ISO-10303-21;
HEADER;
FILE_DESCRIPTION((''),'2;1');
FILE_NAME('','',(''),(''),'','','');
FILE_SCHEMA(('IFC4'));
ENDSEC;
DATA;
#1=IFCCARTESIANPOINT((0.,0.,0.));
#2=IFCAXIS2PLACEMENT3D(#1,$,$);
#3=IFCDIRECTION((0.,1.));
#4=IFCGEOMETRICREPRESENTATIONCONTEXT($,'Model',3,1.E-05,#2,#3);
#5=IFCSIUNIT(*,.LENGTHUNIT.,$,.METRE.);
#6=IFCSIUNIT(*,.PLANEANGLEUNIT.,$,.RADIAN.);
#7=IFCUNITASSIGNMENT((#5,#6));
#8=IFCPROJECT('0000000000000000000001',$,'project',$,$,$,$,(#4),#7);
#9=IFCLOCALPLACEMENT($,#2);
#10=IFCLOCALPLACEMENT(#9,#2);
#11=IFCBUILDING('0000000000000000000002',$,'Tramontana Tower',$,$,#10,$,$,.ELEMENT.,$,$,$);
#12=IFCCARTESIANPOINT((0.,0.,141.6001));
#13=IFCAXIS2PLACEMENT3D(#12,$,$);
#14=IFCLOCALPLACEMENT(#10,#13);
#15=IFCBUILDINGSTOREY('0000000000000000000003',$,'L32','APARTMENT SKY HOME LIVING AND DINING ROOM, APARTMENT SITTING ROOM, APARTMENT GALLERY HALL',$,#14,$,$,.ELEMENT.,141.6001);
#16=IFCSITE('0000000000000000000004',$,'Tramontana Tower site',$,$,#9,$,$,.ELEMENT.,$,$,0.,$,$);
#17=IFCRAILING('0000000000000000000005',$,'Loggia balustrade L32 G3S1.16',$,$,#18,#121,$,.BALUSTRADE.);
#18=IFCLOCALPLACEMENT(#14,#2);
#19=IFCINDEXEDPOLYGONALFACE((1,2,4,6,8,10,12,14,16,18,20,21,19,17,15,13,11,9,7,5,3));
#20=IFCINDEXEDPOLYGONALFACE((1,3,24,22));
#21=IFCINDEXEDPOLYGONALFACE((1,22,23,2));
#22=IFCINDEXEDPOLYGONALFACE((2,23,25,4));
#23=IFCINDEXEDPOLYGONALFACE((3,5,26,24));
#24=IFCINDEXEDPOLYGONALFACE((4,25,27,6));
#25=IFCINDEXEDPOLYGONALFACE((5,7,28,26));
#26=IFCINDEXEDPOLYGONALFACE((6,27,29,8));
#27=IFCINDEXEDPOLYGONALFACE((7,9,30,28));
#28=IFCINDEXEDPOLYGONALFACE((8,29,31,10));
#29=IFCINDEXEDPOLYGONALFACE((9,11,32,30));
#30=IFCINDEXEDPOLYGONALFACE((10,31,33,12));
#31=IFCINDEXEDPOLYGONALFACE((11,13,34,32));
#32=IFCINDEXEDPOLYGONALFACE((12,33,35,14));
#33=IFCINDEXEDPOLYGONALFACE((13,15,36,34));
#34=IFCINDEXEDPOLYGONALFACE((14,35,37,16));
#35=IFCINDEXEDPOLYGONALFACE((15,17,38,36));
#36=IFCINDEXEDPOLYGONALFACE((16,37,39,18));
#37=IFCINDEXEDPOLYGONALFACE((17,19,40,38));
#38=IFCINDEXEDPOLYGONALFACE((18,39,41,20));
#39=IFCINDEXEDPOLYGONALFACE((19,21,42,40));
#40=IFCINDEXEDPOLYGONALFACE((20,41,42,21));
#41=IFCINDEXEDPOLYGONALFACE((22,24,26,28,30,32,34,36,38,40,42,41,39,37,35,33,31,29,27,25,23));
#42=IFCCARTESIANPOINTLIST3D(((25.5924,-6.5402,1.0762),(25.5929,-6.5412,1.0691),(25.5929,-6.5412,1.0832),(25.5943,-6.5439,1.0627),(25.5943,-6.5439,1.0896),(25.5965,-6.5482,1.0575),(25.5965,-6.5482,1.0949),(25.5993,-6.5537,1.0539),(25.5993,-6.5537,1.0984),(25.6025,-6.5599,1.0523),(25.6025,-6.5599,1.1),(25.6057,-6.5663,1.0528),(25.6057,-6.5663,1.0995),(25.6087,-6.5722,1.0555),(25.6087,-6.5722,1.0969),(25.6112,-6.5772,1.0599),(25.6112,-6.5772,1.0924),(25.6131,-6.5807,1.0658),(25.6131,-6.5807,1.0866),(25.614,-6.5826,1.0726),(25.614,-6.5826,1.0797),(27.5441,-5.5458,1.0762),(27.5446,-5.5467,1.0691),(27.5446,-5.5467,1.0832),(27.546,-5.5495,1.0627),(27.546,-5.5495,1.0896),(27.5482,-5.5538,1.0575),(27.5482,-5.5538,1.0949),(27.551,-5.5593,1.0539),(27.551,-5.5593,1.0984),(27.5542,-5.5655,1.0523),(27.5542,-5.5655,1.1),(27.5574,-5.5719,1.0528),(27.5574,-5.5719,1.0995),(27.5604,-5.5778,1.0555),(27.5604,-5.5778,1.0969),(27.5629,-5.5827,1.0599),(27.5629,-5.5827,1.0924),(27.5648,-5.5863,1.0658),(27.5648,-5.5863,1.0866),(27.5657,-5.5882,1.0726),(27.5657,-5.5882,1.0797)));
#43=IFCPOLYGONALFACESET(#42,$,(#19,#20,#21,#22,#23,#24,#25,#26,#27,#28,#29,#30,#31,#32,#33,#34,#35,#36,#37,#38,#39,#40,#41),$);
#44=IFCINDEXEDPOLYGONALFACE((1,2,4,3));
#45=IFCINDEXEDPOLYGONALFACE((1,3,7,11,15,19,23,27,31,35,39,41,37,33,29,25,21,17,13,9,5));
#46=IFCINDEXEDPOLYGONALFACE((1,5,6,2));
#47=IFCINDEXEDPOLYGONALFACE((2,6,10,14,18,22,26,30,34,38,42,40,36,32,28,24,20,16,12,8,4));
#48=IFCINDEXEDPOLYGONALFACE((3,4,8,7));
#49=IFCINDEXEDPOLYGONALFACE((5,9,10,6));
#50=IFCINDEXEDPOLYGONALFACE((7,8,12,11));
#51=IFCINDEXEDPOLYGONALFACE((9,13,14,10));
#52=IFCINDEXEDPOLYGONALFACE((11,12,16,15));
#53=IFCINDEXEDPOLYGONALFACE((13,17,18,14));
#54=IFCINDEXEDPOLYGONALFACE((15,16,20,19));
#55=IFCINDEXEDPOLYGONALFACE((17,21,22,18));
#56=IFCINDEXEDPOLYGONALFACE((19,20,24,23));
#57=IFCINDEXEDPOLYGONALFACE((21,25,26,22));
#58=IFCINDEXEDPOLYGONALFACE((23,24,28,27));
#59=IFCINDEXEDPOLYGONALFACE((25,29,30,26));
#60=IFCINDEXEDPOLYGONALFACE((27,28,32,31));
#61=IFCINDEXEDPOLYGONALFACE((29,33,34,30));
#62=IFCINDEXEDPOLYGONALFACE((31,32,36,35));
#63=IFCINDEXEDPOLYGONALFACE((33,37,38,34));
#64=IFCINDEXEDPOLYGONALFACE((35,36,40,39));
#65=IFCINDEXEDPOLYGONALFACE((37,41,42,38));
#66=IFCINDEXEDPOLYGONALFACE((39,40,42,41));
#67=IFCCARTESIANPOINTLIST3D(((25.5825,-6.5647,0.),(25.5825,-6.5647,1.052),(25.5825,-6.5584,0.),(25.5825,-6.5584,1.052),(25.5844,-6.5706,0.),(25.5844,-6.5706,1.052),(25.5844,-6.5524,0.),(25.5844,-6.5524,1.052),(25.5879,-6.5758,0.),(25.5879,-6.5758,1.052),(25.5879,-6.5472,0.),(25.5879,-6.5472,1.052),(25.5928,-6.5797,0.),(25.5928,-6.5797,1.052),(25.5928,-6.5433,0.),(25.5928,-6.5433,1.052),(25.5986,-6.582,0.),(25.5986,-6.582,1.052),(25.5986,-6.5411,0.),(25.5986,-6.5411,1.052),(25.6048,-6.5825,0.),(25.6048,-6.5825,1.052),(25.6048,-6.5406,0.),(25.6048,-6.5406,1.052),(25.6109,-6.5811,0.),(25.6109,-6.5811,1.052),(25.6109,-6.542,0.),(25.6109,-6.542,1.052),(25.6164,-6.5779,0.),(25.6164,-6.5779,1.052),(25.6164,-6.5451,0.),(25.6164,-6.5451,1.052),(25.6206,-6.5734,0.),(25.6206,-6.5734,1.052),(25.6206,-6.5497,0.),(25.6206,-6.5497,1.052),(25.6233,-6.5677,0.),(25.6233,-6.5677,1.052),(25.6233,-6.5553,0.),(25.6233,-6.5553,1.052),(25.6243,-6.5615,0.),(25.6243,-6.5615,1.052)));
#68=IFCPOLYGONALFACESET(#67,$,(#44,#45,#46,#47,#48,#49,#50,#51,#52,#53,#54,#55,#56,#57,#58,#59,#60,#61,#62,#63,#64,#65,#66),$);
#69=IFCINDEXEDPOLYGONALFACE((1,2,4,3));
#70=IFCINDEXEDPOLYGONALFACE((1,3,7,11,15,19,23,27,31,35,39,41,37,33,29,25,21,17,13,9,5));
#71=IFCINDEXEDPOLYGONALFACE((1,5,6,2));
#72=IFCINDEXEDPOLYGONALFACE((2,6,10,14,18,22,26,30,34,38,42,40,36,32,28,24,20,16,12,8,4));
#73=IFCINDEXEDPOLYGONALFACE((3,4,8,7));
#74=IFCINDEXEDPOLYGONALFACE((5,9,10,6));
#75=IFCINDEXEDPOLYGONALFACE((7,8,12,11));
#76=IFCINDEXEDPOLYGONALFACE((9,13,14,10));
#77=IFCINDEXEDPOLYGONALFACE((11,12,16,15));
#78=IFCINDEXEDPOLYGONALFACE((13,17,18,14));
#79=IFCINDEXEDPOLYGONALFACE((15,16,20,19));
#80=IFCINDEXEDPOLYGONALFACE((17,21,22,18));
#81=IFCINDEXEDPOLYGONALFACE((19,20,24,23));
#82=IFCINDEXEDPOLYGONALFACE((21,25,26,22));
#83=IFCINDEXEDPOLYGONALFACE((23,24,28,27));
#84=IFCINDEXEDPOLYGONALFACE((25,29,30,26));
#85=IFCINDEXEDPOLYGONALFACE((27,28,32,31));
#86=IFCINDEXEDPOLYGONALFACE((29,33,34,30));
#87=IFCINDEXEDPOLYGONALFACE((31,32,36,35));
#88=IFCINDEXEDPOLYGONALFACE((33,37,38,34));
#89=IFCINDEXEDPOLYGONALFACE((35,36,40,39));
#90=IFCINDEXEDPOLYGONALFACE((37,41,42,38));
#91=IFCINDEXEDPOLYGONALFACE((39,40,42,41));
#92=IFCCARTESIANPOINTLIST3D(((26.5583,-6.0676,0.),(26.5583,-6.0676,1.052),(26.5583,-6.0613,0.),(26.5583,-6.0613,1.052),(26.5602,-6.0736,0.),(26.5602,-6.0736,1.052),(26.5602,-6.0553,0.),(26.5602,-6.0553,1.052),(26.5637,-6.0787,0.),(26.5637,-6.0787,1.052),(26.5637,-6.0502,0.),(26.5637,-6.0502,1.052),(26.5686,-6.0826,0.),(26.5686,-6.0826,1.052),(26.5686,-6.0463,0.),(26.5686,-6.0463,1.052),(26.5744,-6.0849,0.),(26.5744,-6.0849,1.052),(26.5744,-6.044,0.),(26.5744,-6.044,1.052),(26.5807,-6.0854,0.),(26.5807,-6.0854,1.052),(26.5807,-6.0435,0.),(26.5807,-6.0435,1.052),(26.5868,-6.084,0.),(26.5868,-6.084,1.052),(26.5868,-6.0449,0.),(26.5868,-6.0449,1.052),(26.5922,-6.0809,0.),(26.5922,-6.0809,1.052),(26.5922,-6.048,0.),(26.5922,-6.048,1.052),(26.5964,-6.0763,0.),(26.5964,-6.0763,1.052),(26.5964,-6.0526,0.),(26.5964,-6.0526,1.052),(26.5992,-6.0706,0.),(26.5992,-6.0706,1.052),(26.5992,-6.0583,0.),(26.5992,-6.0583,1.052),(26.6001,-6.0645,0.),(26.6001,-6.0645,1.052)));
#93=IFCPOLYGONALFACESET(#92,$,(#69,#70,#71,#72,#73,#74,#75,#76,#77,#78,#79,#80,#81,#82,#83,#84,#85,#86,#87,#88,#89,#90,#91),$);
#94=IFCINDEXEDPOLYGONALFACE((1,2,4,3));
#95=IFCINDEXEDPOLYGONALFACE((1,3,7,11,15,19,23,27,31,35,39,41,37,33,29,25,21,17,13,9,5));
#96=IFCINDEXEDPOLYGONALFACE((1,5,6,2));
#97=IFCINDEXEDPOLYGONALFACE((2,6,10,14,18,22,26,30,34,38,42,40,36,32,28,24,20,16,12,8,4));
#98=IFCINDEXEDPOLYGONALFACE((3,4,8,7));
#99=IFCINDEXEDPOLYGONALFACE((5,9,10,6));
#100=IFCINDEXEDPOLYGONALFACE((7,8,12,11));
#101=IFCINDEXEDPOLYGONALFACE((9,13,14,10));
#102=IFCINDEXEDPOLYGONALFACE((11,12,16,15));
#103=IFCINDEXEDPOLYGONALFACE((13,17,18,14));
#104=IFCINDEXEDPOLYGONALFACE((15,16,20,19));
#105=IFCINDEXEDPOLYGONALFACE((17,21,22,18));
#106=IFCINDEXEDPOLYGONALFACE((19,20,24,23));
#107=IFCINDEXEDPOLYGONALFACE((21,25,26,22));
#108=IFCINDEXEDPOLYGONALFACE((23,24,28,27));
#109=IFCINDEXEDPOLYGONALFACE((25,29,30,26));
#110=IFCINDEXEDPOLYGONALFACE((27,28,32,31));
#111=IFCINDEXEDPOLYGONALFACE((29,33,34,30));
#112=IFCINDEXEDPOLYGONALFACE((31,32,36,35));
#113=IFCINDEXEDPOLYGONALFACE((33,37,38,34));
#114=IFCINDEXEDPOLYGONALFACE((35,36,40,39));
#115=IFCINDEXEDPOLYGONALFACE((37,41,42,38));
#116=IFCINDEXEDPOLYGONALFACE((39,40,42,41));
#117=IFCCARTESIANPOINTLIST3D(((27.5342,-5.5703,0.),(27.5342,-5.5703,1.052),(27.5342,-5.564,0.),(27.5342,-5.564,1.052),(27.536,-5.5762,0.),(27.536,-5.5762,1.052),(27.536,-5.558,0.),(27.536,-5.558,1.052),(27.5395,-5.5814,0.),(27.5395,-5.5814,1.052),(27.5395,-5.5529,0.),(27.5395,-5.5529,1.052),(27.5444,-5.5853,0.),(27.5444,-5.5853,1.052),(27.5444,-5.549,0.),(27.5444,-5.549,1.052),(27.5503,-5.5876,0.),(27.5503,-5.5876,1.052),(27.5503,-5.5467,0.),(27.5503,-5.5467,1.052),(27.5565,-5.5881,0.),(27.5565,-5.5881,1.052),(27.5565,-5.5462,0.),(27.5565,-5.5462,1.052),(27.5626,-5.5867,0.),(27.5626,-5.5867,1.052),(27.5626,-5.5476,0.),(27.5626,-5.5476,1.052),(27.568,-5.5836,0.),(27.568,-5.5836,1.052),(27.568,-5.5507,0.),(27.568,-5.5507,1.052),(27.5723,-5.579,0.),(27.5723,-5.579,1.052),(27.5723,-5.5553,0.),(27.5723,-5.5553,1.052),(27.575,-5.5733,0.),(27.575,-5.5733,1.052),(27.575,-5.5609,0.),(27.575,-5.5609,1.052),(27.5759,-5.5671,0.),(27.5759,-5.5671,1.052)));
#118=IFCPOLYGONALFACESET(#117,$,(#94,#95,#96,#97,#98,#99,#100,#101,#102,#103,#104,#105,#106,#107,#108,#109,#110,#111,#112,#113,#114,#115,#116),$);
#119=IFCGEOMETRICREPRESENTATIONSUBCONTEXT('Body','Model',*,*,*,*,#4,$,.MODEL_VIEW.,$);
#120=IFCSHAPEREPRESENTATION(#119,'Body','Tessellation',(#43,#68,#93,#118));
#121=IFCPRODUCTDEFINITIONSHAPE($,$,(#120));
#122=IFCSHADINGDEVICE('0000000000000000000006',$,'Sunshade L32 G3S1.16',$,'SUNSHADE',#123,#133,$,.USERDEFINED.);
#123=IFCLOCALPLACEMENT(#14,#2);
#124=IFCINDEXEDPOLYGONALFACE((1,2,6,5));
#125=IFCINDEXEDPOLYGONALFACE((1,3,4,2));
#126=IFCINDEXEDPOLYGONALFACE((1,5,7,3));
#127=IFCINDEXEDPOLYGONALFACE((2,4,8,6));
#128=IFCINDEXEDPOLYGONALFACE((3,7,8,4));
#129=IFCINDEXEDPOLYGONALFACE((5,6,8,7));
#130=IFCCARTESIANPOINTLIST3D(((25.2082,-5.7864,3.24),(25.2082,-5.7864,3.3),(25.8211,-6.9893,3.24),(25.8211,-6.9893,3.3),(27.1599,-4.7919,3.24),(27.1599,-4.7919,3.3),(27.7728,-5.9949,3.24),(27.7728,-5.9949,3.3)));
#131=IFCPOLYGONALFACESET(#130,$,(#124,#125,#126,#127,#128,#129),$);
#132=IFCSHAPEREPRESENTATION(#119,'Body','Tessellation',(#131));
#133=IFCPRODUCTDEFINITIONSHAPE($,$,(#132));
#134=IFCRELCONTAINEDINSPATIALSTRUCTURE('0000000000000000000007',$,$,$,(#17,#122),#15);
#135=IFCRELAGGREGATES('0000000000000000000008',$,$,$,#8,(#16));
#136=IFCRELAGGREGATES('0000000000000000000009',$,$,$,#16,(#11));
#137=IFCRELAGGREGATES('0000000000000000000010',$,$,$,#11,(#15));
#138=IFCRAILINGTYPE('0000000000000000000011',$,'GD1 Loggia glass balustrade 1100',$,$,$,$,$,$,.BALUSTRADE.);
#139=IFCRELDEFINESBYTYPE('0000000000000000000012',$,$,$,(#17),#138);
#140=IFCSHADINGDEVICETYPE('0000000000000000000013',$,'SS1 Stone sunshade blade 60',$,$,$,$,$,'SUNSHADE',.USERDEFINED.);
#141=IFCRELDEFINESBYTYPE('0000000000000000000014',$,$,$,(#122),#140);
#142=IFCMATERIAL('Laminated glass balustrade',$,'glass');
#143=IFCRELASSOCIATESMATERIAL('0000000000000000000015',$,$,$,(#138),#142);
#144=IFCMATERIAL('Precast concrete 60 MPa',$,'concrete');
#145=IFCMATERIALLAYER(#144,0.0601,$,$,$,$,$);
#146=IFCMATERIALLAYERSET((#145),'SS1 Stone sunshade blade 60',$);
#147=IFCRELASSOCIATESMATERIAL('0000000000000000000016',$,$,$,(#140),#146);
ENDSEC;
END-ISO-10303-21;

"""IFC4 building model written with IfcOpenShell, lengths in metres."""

from ifc_helpers import new_model, si_unit, direction, frame, origin, origin_2d, place, context, subcontext, project, spatial, rectangle, circle, extrude, material, layer, layer_set, type_object, element, save


model = new_model("IFC4")

# Units and contexts
model_context = context("Model", 3, precision=1e-05, world=origin(), true_north=direction((0.0, 1.0)))
body_context = subcontext(model_context, "Body", "Model", "MODEL_VIEW")
ifc_project = project(units=[si_unit("LENGTHUNIT", "METRE"), si_unit("PLANEANGLEUNIT", "RADIAN")], contexts=[model_context])

# Site, building, storey
site_placement = place(None, origin())
site = spatial("IfcSite", under=ifc_project, at=site_placement, Name="Tramontana Tower site", CompositionType="ELEMENT", RefElevation=0.0)
building_placement = place(site_placement, origin())
building = spatial("IfcBuilding", under=site, at=building_placement, Name="Tramontana Tower", CompositionType="ELEMENT")
storey_placement = place(building_placement, frame((0.0, 0.0, 141.6001)))
storey = spatial("IfcBuildingStorey", under=building, at=storey_placement, Name="L32", Description="APARTMENT SKY HOME LIVING AND DINING ROOM, APARTMENT SITTING ROOM, APARTMENT GALLERY HALL", CompositionType="ELEMENT", Elevation=141.6001)

# Railing
ifc_material_1 = material(Name="Laminated glass balustrade", Category="glass")
railing_type = type_object("IfcRailingType", Name="GD1 Loggia glass balustrade 1100", PredefinedType="BALUSTRADE", material=ifc_material_1)
railing_placement = place(storey_placement, frame((25.6033, -6.5615, 0.0)))
element("IfcRailing", 1, at=railing_placement, inside=storey, type_object=railing_type, Name="Loggia balustrade L32 G3S1.16", PredefinedType="BALUSTRADE", context=body_context, shape_type="SweptSolid", body=[
    extrude(circle(Radius=0.0239, at=origin_2d()), frame((0.0, 0.0, 1.0762), z_axis=(0.891013, 0.453978, 0.0), x_axis=(-0.453978, 0.891013, 0.0)), (0.0, 0.0, 1.0), 2.1904),
    extrude(circle(Radius=0.021, at=origin_2d()), origin(), (0.0, 0.0, 1.0), 1.052),
    extrude(circle(Radius=0.021, at=origin_2d()), frame((0.9758, 0.4971, 0.0)), (0.0, 0.0, 1.0), 1.052),
    extrude(circle(Radius=0.021, at=origin_2d()), frame((1.9517, 0.9944, 0.0)), (0.0, 0.0, 1.0), 1.052),
])

# Shading device
ifc_material_2 = material(Name="Precast concrete 60 MPa", Category="concrete")
ifc_layer_1 = layer(ifc_material_2, 0.0601)
ifc_layer_set_1 = layer_set([ifc_layer_1], Name="SS1 Stone sunshade blade 60")
shading_device_type = type_object("IfcShadingDeviceType", Name="SS1 Stone sunshade blade 60", ElementType="SUNSHADE", PredefinedType="USERDEFINED", material=ifc_layer_set_1)
shading_device_placement = place(storey_placement, frame((26.4905, -5.8906, 3.24), z_axis=(0.0, 0.0, 1.0), x_axis=(0.891007, 0.45399, 0.0)))
element("IfcShadingDevice", 2, at=shading_device_placement, inside=storey, type_object=shading_device_type, Name="Sunshade L32 G3S1.16", ObjectType="SUNSHADE", PredefinedType="USERDEFINED", context=body_context, shape_type="SweptSolid", body=[
    extrude(rectangle(XDim=2.1904, YDim=1.3501, at=origin_2d()), origin(), (0.0, 0.0, 1.0), 0.0601),
])

save(model, "model.ifc")
